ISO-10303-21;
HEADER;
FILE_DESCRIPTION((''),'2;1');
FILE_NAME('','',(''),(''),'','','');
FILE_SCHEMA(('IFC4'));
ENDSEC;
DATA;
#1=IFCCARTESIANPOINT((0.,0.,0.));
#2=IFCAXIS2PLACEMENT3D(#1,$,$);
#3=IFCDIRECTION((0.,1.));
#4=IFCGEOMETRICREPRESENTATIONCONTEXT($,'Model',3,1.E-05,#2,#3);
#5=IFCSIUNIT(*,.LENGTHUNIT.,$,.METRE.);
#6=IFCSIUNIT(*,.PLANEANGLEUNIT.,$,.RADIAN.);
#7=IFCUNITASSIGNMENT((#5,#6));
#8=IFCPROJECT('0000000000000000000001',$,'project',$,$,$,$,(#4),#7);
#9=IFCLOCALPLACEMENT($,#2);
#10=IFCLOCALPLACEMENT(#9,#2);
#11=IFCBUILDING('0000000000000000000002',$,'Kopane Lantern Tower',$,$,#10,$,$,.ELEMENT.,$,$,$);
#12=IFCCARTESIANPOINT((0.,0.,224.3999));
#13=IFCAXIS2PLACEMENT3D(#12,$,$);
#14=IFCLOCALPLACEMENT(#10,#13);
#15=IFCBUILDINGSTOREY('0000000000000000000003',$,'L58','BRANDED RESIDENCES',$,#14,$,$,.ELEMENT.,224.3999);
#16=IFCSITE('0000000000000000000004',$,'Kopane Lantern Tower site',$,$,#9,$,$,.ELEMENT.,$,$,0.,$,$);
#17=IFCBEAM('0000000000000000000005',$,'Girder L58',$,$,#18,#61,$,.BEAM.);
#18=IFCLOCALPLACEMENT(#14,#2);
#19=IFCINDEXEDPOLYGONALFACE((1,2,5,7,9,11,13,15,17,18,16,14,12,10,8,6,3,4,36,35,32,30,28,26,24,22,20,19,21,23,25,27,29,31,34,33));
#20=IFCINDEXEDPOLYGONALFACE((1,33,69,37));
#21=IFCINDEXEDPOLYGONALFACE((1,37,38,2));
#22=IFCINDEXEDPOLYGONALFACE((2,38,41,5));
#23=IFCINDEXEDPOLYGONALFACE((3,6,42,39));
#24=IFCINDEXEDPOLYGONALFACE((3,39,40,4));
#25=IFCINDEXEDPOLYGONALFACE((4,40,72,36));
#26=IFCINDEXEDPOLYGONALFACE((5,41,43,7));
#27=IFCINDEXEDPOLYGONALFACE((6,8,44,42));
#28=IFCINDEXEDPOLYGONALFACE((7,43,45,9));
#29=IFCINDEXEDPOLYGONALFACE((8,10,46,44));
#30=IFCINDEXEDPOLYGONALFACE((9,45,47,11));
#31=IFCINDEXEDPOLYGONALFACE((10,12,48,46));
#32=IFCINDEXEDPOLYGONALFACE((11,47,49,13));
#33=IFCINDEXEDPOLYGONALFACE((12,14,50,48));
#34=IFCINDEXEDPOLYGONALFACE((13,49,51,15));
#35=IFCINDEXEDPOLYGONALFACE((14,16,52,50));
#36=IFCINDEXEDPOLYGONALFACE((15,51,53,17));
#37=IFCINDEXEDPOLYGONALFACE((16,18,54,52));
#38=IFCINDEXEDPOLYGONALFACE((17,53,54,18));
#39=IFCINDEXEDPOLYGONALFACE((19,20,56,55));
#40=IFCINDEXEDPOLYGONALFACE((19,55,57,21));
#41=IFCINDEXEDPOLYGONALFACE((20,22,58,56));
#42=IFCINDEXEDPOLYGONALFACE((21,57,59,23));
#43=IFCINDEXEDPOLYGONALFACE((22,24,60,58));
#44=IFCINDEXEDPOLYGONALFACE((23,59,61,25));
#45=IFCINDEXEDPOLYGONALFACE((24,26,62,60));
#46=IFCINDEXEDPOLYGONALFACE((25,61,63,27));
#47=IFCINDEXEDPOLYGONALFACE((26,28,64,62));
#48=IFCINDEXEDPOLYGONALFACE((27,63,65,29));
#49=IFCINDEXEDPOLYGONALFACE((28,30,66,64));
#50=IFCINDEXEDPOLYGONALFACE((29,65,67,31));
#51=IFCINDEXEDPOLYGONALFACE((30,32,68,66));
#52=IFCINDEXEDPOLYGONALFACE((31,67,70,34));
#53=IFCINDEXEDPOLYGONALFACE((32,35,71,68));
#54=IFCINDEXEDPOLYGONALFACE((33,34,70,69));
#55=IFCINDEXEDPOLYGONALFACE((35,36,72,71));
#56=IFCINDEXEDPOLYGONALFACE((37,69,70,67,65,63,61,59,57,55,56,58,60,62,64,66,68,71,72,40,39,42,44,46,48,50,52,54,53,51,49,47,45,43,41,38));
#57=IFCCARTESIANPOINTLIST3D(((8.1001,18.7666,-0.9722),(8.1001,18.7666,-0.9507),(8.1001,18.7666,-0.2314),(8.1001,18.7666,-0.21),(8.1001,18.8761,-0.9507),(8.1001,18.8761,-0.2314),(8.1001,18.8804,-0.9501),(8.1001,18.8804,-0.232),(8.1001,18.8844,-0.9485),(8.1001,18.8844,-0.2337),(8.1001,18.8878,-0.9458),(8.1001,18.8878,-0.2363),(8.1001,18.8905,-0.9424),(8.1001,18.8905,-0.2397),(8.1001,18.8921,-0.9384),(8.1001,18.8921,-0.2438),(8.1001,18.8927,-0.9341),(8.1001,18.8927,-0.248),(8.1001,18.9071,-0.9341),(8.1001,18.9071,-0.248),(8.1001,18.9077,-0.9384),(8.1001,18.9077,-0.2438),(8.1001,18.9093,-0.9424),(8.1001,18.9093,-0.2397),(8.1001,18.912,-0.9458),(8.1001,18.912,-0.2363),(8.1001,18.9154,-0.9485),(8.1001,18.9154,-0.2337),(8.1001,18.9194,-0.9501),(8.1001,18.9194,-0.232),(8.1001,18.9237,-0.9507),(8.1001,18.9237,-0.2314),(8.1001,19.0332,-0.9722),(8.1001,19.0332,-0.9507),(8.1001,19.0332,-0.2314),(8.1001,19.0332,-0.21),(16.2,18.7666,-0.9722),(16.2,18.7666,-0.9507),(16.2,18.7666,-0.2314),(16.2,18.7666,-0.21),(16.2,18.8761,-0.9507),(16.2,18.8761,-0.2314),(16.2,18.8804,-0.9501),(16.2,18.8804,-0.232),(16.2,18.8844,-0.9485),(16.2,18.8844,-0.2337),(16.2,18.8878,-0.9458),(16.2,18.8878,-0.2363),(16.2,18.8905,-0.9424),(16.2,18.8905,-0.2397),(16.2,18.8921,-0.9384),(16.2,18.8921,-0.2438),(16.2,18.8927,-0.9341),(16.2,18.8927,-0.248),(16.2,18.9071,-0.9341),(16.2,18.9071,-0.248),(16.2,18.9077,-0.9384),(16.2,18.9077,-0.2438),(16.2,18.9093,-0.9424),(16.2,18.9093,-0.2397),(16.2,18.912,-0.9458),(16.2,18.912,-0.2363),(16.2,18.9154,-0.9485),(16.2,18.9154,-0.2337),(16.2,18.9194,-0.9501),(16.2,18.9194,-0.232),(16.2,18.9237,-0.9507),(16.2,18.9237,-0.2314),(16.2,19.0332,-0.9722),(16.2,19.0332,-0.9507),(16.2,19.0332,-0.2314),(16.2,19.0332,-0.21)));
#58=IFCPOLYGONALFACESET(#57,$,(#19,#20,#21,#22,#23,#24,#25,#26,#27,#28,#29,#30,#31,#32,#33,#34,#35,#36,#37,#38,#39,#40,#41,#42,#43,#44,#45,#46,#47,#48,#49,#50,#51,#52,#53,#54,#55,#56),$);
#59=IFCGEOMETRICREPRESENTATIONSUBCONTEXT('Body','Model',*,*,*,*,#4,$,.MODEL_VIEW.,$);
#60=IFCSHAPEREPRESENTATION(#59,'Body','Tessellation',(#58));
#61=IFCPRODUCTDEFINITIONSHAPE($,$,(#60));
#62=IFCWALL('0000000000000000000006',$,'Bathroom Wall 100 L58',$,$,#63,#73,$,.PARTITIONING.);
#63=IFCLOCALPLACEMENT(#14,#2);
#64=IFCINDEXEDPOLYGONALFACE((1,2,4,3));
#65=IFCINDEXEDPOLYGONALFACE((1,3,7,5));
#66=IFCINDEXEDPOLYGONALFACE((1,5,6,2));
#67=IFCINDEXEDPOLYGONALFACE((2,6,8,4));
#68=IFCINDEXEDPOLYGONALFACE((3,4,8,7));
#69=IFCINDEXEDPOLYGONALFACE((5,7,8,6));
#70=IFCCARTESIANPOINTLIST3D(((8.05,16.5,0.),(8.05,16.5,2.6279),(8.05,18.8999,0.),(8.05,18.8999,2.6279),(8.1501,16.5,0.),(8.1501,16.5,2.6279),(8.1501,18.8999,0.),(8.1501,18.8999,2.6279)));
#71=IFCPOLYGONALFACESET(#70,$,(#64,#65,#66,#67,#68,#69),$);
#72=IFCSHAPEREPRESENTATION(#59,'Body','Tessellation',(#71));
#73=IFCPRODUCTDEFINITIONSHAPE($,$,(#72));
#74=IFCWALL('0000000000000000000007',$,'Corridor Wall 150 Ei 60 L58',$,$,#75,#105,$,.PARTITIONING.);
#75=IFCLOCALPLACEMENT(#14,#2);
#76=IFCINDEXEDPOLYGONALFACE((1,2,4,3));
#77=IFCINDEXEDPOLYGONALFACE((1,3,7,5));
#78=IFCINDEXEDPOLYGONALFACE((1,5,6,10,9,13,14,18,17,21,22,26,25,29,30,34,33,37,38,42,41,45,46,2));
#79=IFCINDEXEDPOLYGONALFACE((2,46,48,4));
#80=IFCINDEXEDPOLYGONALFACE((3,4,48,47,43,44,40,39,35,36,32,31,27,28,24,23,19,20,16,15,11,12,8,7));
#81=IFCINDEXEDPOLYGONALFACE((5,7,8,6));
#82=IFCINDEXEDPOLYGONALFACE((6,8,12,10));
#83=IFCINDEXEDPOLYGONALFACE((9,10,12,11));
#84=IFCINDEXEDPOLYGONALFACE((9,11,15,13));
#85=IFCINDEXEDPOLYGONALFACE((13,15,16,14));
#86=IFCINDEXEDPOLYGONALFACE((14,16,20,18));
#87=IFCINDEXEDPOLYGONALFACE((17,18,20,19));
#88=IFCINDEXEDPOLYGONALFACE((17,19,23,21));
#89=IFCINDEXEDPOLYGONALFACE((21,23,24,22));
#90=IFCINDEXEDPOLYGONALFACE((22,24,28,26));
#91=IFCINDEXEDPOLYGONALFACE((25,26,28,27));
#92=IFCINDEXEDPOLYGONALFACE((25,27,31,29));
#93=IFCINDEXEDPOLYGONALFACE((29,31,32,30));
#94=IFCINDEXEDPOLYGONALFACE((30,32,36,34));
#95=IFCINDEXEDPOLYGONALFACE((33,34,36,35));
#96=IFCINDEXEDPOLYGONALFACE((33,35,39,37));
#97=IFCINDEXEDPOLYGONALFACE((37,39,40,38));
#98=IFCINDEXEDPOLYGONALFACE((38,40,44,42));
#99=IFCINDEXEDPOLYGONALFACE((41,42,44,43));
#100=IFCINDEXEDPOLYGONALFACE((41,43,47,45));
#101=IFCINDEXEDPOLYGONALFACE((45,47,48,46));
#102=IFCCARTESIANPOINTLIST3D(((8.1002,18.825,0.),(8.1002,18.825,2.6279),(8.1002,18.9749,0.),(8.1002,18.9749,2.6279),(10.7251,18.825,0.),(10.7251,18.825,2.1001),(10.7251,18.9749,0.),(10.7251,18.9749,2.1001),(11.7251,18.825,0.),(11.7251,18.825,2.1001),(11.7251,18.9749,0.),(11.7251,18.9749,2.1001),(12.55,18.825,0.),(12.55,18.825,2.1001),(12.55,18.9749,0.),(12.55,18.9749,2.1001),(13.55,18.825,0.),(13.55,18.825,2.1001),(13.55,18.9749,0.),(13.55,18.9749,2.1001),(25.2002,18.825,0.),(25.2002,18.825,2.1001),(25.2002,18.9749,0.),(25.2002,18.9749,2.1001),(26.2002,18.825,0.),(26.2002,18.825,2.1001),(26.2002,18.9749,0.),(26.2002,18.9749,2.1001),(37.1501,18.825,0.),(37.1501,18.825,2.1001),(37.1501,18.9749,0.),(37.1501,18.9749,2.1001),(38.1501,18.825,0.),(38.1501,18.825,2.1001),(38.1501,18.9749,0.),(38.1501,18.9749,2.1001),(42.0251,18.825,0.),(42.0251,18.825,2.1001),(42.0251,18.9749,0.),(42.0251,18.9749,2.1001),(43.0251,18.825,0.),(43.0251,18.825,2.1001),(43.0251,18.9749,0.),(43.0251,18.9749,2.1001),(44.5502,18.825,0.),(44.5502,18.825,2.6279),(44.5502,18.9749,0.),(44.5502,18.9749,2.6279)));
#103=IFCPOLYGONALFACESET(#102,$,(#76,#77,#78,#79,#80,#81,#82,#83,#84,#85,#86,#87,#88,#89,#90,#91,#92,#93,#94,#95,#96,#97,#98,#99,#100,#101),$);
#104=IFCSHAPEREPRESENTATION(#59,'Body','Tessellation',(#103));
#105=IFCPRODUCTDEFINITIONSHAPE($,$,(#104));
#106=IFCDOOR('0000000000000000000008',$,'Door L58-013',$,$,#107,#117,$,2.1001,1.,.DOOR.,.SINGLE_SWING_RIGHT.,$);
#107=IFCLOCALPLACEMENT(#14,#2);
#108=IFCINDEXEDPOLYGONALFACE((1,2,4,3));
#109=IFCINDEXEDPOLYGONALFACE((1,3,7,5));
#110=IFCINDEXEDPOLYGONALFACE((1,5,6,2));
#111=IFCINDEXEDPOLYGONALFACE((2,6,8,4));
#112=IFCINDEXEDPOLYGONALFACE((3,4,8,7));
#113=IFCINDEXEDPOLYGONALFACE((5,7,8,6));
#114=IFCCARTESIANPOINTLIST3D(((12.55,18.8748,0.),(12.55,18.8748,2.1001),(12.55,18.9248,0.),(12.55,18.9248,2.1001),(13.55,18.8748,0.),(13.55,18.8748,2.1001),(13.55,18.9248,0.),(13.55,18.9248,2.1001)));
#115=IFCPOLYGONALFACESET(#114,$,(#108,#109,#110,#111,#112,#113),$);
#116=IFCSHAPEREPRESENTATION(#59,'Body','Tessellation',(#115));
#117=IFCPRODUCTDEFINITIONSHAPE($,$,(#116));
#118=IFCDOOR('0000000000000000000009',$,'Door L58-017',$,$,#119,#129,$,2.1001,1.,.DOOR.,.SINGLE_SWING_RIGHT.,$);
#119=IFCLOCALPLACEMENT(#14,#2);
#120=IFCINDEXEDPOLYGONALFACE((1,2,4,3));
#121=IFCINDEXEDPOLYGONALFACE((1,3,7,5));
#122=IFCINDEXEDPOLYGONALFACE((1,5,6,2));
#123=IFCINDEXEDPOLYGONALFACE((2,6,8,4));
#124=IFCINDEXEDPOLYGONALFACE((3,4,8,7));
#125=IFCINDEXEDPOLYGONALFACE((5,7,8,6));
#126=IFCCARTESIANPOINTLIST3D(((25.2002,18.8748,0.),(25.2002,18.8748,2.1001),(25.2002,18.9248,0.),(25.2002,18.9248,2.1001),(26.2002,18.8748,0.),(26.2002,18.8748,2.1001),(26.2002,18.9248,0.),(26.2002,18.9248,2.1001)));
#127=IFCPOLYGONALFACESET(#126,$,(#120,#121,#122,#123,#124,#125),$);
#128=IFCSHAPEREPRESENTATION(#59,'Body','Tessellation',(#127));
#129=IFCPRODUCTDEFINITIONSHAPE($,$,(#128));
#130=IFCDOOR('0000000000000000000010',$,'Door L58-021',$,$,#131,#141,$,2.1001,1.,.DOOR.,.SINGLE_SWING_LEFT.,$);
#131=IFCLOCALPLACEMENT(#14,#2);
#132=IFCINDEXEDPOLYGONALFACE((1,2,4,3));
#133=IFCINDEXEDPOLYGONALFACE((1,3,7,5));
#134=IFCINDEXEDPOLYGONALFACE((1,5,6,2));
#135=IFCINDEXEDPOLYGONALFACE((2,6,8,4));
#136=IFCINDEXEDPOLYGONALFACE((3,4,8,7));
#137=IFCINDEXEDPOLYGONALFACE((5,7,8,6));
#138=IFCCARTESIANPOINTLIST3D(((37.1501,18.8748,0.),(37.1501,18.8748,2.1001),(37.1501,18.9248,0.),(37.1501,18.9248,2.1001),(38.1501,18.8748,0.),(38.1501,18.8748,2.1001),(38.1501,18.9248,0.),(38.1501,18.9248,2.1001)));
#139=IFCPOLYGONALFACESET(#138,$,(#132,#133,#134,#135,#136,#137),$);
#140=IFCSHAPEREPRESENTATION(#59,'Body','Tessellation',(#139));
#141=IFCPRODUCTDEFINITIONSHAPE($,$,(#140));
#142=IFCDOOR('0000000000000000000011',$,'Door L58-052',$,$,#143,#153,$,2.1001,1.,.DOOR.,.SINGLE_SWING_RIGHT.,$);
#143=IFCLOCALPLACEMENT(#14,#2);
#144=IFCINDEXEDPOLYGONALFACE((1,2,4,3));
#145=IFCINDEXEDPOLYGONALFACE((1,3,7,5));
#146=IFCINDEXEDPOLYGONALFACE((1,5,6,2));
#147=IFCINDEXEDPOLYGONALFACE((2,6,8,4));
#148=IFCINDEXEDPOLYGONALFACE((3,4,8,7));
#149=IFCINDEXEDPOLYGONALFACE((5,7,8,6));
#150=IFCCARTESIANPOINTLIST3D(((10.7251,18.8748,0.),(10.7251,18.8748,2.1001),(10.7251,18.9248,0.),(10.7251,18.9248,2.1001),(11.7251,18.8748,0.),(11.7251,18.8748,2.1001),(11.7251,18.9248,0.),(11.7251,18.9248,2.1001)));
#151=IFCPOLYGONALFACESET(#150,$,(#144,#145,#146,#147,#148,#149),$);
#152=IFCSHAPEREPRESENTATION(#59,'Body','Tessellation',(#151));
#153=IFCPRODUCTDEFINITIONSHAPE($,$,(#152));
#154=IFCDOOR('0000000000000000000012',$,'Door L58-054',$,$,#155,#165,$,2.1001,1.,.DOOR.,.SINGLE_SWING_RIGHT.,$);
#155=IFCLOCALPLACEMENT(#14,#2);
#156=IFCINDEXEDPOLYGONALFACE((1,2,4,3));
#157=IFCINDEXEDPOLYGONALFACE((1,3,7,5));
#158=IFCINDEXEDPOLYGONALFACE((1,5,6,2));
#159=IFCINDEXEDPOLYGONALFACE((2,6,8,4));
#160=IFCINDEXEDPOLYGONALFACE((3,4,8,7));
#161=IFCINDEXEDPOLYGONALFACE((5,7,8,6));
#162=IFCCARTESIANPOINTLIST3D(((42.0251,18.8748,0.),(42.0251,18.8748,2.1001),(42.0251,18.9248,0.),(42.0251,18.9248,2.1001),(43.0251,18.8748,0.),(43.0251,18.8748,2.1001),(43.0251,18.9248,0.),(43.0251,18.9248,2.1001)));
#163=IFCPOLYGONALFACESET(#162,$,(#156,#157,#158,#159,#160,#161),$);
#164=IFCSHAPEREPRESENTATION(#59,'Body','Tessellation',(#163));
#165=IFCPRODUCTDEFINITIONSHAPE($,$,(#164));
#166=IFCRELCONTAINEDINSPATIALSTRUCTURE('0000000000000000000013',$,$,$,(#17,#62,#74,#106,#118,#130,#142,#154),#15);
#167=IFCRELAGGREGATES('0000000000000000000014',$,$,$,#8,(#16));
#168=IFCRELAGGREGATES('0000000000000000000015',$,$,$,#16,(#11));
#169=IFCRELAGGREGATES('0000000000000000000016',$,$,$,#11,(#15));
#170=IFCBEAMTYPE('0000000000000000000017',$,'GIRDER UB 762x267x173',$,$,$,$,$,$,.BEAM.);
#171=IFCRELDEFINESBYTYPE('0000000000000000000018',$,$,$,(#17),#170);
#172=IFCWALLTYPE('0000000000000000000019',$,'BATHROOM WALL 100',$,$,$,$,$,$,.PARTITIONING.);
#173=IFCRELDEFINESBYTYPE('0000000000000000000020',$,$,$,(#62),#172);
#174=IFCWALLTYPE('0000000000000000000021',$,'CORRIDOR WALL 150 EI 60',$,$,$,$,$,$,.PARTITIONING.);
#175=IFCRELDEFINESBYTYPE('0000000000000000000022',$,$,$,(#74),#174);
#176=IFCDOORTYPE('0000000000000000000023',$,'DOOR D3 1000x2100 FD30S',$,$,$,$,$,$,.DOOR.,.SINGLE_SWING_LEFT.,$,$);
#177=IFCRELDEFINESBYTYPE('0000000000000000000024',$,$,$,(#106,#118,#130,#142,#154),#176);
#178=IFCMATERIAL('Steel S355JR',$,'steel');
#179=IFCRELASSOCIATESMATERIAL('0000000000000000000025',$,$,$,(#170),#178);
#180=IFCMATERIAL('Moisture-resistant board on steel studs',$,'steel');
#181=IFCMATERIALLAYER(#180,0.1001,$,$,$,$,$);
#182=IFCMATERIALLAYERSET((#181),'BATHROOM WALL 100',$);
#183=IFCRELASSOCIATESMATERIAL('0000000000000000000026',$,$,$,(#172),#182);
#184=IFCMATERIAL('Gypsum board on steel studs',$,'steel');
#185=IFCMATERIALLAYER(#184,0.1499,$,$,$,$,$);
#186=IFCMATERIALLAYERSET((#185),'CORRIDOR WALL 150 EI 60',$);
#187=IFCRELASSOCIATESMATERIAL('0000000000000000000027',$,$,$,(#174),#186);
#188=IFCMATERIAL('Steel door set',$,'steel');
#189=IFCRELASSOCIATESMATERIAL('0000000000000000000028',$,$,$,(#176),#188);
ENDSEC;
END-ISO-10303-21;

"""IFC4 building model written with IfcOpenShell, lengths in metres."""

from ifc_helpers import new_model, si_unit, direction, frame, frame_2d, origin, origin_2d, place, context, subcontext, project, spatial, rectangle, i_section, extrude, material, layer, layer_set, material_profile, profile_set, type_object, element, fill, save


model = new_model("IFC4")

# Units and contexts
model_context = context("Model", 3, precision=1e-05, world=origin(), true_north=direction((0.0, 1.0)))
body_context = subcontext(model_context, "Body", "Model", "MODEL_VIEW")
ifc_project = project(units=[si_unit("LENGTHUNIT", "METRE"), si_unit("PLANEANGLEUNIT", "RADIAN")], contexts=[model_context])

# Site, building, storey
site_placement = place(None, origin())
site = spatial("IfcSite", under=ifc_project, at=site_placement, Name="Kopane Lantern Tower site", CompositionType="ELEMENT", RefElevation=0.0)
building_placement = place(site_placement, origin())
building = spatial("IfcBuilding", under=site, at=building_placement, Name="Kopane Lantern Tower", CompositionType="ELEMENT")
storey_placement = place(building_placement, frame((0.0, 0.0, 224.3999)))
storey = spatial("IfcBuildingStorey", under=building, at=storey_placement, Name="L58", Description="BRANDED RESIDENCES", CompositionType="ELEMENT", Elevation=224.3999)

# Beam
ifc_material_1 = material(Name="Steel S355JR", Category="steel")
ifc_material_profile = material_profile(ifc_material_1, i_section(OverallWidth=0.2666, OverallDepth=0.7622, WebThickness=0.0144, FlangeThickness=0.0215, FilletRadius=0.0166, at=origin_2d()), Name="UB 762x267x173")
ifc_profile_set = profile_set([ifc_material_profile], Name="Steel S355JR")
beam_type = type_object("IfcBeamType", Name="GIRDER UB 762x267x173", PredefinedType="BEAM", material=ifc_profile_set)
beam_placement = place(storey_placement, frame((8.1001, 18.8999, -0.5911), z_axis=(1.0, 0.0, 0.0), x_axis=(0.0, 1.0, 0.0)))
element("IfcBeam", 1, at=beam_placement, inside=storey, type_object=beam_type, Name="Girder L58", PredefinedType="BEAM", context=body_context, shape_type="SweptSolid", body=[
    extrude(i_section(OverallWidth=0.2666, OverallDepth=0.7622, WebThickness=0.0144, FlangeThickness=0.0215, FilletRadius=0.0166, at=origin_2d()), origin(), (0.0, 0.0, 1.0), 8.0999),
])

# Wall
ifc_material_2 = material(Name="Moisture-resistant board on steel studs", Category="steel")
ifc_layer_1 = layer(ifc_material_2, 0.1001)
ifc_layer_set_1 = layer_set([ifc_layer_1], Name="BATHROOM WALL 100")
wall_type_1 = type_object("IfcWallType", Name="BATHROOM WALL 100", PredefinedType="PARTITIONING", material=ifc_layer_set_1)
wall_1_placement = place(storey_placement, frame((8.1001, 18.8999, 0.0), z_axis=(0.0, 0.0, 1.0), x_axis=(0.0, -1.0, 0.0)))
element("IfcWall", 2, at=wall_1_placement, inside=storey, type_object=wall_type_1, Name="Bathroom Wall 100 L58", PredefinedType="PARTITIONING", context=body_context, shape_type="SweptSolid", body=[
    extrude(rectangle(XDim=2.3999, YDim=0.1001, at=frame_2d((1.2, 0.0))), origin(), (0.0, 0.0, 1.0), 2.6279),
])

# Wall, openings, doors
ifc_material_3 = material(Name="Gypsum board on steel studs", Category="steel")
ifc_layer_2 = layer(ifc_material_3, 0.1499)
ifc_layer_set_2 = layer_set([ifc_layer_2], Name="CORRIDOR WALL 150 EI 60")
wall_type_2 = type_object("IfcWallType", Name="CORRIDOR WALL 150 EI 60", PredefinedType="PARTITIONING", material=ifc_layer_set_2)
wall_2_placement = place(storey_placement, frame((8.1001, 18.8999, 0.0), z_axis=(0.0, 0.0, 1.0), x_axis=(1.0, 0.0, 0.0)))
wall_2 = element("IfcWall", 3, at=wall_2_placement, inside=storey, type_object=wall_type_2, Name="Corridor Wall 150 Ei 60 L58", PredefinedType="PARTITIONING", context=body_context, shape_type="SweptSolid", body=[
    extrude(rectangle(XDim=36.45, YDim=0.1499, at=frame_2d((18.2251, 0.0))), origin(), (0.0, 0.0, 1.0), 2.6279),
])
opening_1_placement = place(wall_2_placement, frame((4.45, 0.0, 0.0)))
opening_1 = element("IfcOpeningElement", 4, at=opening_1_placement, cuts=wall_2, PredefinedType="OPENING", context=body_context, shape_type="SweptSolid", body=[
    extrude(rectangle(XDim=1.0, YDim=2.1001, at=frame_2d((0.5, 1.05))), frame((0.0, 0.085, 0.0), z_axis=(0.0, -1.0, 0.0), x_axis=(1.0, 0.0, 0.0)), (0.0, 0.0, 1.0), 0.1699),
])
opening_2_placement = place(wall_2_placement, frame((17.1001, 0.0, 0.0)))
opening_2 = element("IfcOpeningElement", 5, at=opening_2_placement, cuts=wall_2, PredefinedType="OPENING", context=body_context, shape_type="SweptSolid", body=[
    extrude(rectangle(XDim=1.0, YDim=2.1001, at=frame_2d((0.5, 1.05))), frame((0.0, 0.085, 0.0), z_axis=(0.0, -1.0, 0.0), x_axis=(1.0, 0.0, 0.0)), (0.0, 0.0, 1.0), 0.1699),
])
opening_3_placement = place(wall_2_placement, frame((29.05, 0.0, 0.0)))
opening_3 = element("IfcOpeningElement", 6, at=opening_3_placement, cuts=wall_2, PredefinedType="OPENING", context=body_context, shape_type="SweptSolid", body=[
    extrude(rectangle(XDim=1.0, YDim=2.1001, at=frame_2d((0.5, 1.05))), frame((0.0, 0.085, 0.0), z_axis=(0.0, -1.0, 0.0), x_axis=(1.0, 0.0, 0.0)), (0.0, 0.0, 1.0), 0.1699),
])
opening_4_placement = place(wall_2_placement, frame((2.625, 0.0, 0.0)))
opening_4 = element("IfcOpeningElement", 7, at=opening_4_placement, cuts=wall_2, PredefinedType="OPENING", context=body_context, shape_type="SweptSolid", body=[
    extrude(rectangle(XDim=1.0, YDim=2.1001, at=frame_2d((0.5, 1.05))), frame((0.0, 0.085, 0.0), z_axis=(0.0, -1.0, 0.0), x_axis=(1.0, 0.0, 0.0)), (0.0, 0.0, 1.0), 0.1699),
])
opening_5_placement = place(wall_2_placement, frame((33.925, 0.0, 0.0)))
opening_5 = element("IfcOpeningElement", 8, at=opening_5_placement, cuts=wall_2, PredefinedType="OPENING", context=body_context, shape_type="SweptSolid", body=[
    extrude(rectangle(XDim=1.0, YDim=2.1001, at=frame_2d((0.5, 1.05))), frame((0.0, 0.085, 0.0), z_axis=(0.0, -1.0, 0.0), x_axis=(1.0, 0.0, 0.0)), (0.0, 0.0, 1.0), 0.1699),
])
ifc_material_4 = material(Name="Steel door set", Category="steel")
door_type = type_object("IfcDoorType", Name="DOOR D3 1000x2100 FD30S", OperationType="SINGLE_SWING_LEFT", PredefinedType="DOOR", material=ifc_material_4)
door_1_placement = place(opening_1_placement, origin())
door_1 = element("IfcDoor", 9, at=door_1_placement, inside=storey, type_object=door_type, Name="Door L58-013", OperationType="SINGLE_SWING_RIGHT", OverallHeight=2.1001, OverallWidth=1.0, PredefinedType="DOOR", context=body_context, shape_type="SweptSolid", body=[
    extrude(rectangle(XDim=1.0, YDim=2.1001, at=frame_2d((0.5, 1.05))), frame((0.0, 0.0249, 0.0), z_axis=(0.0, -1.0, 0.0), x_axis=(1.0, 0.0, 0.0)), (0.0, 0.0, 1.0), 0.05),
])
fill(opening_1, door_1)
door_2_placement = place(opening_2_placement, origin())
door_2 = element("IfcDoor", 10, at=door_2_placement, inside=storey, type_object=door_type, Name="Door L58-017", OperationType="SINGLE_SWING_RIGHT", OverallHeight=2.1001, OverallWidth=1.0, PredefinedType="DOOR", context=body_context, shape_type="SweptSolid", body=[
    extrude(rectangle(XDim=1.0, YDim=2.1001, at=frame_2d((0.5, 1.05))), frame((0.0, 0.0249, 0.0), z_axis=(0.0, -1.0, 0.0), x_axis=(1.0, 0.0, 0.0)), (0.0, 0.0, 1.0), 0.05),
])
fill(opening_2, door_2)
door_3_placement = place(opening_3_placement, origin())
door_3 = element("IfcDoor", 11, at=door_3_placement, inside=storey, type_object=door_type, Name="Door L58-021", OperationType="SINGLE_SWING_LEFT", OverallHeight=2.1001, OverallWidth=1.0, PredefinedType="DOOR", context=body_context, shape_type="SweptSolid", body=[
    extrude(rectangle(XDim=1.0, YDim=2.1001, at=frame_2d((0.5, 1.05))), frame((0.0, 0.0249, 0.0), z_axis=(0.0, -1.0, 0.0), x_axis=(1.0, 0.0, 0.0)), (0.0, 0.0, 1.0), 0.05),
])
fill(opening_3, door_3)
door_4_placement = place(opening_4_placement, origin())
door_4 = element("IfcDoor", 12, at=door_4_placement, inside=storey, type_object=door_type, Name="Door L58-052", OperationType="SINGLE_SWING_RIGHT", OverallHeight=2.1001, OverallWidth=1.0, PredefinedType="DOOR", context=body_context, shape_type="SweptSolid", body=[
    extrude(rectangle(XDim=1.0, YDim=2.1001, at=frame_2d((0.5, 1.05))), frame((0.0, 0.0249, 0.0), z_axis=(0.0, -1.0, 0.0), x_axis=(1.0, 0.0, 0.0)), (0.0, 0.0, 1.0), 0.05),
])
fill(opening_4, door_4)
door_5_placement = place(opening_5_placement, origin())
door_5 = element("IfcDoor", 13, at=door_5_placement, inside=storey, type_object=door_type, Name="Door L58-054", OperationType="SINGLE_SWING_RIGHT", OverallHeight=2.1001, OverallWidth=1.0, PredefinedType="DOOR", context=body_context, shape_type="SweptSolid", body=[
    extrude(rectangle(XDim=1.0, YDim=2.1001, at=frame_2d((0.5, 1.05))), frame((0.0, 0.0249, 0.0), z_axis=(0.0, -1.0, 0.0), x_axis=(1.0, 0.0, 0.0)), (0.0, 0.0, 1.0), 0.05),
])
fill(opening_5, door_5)

save(model, "model.ifc")
